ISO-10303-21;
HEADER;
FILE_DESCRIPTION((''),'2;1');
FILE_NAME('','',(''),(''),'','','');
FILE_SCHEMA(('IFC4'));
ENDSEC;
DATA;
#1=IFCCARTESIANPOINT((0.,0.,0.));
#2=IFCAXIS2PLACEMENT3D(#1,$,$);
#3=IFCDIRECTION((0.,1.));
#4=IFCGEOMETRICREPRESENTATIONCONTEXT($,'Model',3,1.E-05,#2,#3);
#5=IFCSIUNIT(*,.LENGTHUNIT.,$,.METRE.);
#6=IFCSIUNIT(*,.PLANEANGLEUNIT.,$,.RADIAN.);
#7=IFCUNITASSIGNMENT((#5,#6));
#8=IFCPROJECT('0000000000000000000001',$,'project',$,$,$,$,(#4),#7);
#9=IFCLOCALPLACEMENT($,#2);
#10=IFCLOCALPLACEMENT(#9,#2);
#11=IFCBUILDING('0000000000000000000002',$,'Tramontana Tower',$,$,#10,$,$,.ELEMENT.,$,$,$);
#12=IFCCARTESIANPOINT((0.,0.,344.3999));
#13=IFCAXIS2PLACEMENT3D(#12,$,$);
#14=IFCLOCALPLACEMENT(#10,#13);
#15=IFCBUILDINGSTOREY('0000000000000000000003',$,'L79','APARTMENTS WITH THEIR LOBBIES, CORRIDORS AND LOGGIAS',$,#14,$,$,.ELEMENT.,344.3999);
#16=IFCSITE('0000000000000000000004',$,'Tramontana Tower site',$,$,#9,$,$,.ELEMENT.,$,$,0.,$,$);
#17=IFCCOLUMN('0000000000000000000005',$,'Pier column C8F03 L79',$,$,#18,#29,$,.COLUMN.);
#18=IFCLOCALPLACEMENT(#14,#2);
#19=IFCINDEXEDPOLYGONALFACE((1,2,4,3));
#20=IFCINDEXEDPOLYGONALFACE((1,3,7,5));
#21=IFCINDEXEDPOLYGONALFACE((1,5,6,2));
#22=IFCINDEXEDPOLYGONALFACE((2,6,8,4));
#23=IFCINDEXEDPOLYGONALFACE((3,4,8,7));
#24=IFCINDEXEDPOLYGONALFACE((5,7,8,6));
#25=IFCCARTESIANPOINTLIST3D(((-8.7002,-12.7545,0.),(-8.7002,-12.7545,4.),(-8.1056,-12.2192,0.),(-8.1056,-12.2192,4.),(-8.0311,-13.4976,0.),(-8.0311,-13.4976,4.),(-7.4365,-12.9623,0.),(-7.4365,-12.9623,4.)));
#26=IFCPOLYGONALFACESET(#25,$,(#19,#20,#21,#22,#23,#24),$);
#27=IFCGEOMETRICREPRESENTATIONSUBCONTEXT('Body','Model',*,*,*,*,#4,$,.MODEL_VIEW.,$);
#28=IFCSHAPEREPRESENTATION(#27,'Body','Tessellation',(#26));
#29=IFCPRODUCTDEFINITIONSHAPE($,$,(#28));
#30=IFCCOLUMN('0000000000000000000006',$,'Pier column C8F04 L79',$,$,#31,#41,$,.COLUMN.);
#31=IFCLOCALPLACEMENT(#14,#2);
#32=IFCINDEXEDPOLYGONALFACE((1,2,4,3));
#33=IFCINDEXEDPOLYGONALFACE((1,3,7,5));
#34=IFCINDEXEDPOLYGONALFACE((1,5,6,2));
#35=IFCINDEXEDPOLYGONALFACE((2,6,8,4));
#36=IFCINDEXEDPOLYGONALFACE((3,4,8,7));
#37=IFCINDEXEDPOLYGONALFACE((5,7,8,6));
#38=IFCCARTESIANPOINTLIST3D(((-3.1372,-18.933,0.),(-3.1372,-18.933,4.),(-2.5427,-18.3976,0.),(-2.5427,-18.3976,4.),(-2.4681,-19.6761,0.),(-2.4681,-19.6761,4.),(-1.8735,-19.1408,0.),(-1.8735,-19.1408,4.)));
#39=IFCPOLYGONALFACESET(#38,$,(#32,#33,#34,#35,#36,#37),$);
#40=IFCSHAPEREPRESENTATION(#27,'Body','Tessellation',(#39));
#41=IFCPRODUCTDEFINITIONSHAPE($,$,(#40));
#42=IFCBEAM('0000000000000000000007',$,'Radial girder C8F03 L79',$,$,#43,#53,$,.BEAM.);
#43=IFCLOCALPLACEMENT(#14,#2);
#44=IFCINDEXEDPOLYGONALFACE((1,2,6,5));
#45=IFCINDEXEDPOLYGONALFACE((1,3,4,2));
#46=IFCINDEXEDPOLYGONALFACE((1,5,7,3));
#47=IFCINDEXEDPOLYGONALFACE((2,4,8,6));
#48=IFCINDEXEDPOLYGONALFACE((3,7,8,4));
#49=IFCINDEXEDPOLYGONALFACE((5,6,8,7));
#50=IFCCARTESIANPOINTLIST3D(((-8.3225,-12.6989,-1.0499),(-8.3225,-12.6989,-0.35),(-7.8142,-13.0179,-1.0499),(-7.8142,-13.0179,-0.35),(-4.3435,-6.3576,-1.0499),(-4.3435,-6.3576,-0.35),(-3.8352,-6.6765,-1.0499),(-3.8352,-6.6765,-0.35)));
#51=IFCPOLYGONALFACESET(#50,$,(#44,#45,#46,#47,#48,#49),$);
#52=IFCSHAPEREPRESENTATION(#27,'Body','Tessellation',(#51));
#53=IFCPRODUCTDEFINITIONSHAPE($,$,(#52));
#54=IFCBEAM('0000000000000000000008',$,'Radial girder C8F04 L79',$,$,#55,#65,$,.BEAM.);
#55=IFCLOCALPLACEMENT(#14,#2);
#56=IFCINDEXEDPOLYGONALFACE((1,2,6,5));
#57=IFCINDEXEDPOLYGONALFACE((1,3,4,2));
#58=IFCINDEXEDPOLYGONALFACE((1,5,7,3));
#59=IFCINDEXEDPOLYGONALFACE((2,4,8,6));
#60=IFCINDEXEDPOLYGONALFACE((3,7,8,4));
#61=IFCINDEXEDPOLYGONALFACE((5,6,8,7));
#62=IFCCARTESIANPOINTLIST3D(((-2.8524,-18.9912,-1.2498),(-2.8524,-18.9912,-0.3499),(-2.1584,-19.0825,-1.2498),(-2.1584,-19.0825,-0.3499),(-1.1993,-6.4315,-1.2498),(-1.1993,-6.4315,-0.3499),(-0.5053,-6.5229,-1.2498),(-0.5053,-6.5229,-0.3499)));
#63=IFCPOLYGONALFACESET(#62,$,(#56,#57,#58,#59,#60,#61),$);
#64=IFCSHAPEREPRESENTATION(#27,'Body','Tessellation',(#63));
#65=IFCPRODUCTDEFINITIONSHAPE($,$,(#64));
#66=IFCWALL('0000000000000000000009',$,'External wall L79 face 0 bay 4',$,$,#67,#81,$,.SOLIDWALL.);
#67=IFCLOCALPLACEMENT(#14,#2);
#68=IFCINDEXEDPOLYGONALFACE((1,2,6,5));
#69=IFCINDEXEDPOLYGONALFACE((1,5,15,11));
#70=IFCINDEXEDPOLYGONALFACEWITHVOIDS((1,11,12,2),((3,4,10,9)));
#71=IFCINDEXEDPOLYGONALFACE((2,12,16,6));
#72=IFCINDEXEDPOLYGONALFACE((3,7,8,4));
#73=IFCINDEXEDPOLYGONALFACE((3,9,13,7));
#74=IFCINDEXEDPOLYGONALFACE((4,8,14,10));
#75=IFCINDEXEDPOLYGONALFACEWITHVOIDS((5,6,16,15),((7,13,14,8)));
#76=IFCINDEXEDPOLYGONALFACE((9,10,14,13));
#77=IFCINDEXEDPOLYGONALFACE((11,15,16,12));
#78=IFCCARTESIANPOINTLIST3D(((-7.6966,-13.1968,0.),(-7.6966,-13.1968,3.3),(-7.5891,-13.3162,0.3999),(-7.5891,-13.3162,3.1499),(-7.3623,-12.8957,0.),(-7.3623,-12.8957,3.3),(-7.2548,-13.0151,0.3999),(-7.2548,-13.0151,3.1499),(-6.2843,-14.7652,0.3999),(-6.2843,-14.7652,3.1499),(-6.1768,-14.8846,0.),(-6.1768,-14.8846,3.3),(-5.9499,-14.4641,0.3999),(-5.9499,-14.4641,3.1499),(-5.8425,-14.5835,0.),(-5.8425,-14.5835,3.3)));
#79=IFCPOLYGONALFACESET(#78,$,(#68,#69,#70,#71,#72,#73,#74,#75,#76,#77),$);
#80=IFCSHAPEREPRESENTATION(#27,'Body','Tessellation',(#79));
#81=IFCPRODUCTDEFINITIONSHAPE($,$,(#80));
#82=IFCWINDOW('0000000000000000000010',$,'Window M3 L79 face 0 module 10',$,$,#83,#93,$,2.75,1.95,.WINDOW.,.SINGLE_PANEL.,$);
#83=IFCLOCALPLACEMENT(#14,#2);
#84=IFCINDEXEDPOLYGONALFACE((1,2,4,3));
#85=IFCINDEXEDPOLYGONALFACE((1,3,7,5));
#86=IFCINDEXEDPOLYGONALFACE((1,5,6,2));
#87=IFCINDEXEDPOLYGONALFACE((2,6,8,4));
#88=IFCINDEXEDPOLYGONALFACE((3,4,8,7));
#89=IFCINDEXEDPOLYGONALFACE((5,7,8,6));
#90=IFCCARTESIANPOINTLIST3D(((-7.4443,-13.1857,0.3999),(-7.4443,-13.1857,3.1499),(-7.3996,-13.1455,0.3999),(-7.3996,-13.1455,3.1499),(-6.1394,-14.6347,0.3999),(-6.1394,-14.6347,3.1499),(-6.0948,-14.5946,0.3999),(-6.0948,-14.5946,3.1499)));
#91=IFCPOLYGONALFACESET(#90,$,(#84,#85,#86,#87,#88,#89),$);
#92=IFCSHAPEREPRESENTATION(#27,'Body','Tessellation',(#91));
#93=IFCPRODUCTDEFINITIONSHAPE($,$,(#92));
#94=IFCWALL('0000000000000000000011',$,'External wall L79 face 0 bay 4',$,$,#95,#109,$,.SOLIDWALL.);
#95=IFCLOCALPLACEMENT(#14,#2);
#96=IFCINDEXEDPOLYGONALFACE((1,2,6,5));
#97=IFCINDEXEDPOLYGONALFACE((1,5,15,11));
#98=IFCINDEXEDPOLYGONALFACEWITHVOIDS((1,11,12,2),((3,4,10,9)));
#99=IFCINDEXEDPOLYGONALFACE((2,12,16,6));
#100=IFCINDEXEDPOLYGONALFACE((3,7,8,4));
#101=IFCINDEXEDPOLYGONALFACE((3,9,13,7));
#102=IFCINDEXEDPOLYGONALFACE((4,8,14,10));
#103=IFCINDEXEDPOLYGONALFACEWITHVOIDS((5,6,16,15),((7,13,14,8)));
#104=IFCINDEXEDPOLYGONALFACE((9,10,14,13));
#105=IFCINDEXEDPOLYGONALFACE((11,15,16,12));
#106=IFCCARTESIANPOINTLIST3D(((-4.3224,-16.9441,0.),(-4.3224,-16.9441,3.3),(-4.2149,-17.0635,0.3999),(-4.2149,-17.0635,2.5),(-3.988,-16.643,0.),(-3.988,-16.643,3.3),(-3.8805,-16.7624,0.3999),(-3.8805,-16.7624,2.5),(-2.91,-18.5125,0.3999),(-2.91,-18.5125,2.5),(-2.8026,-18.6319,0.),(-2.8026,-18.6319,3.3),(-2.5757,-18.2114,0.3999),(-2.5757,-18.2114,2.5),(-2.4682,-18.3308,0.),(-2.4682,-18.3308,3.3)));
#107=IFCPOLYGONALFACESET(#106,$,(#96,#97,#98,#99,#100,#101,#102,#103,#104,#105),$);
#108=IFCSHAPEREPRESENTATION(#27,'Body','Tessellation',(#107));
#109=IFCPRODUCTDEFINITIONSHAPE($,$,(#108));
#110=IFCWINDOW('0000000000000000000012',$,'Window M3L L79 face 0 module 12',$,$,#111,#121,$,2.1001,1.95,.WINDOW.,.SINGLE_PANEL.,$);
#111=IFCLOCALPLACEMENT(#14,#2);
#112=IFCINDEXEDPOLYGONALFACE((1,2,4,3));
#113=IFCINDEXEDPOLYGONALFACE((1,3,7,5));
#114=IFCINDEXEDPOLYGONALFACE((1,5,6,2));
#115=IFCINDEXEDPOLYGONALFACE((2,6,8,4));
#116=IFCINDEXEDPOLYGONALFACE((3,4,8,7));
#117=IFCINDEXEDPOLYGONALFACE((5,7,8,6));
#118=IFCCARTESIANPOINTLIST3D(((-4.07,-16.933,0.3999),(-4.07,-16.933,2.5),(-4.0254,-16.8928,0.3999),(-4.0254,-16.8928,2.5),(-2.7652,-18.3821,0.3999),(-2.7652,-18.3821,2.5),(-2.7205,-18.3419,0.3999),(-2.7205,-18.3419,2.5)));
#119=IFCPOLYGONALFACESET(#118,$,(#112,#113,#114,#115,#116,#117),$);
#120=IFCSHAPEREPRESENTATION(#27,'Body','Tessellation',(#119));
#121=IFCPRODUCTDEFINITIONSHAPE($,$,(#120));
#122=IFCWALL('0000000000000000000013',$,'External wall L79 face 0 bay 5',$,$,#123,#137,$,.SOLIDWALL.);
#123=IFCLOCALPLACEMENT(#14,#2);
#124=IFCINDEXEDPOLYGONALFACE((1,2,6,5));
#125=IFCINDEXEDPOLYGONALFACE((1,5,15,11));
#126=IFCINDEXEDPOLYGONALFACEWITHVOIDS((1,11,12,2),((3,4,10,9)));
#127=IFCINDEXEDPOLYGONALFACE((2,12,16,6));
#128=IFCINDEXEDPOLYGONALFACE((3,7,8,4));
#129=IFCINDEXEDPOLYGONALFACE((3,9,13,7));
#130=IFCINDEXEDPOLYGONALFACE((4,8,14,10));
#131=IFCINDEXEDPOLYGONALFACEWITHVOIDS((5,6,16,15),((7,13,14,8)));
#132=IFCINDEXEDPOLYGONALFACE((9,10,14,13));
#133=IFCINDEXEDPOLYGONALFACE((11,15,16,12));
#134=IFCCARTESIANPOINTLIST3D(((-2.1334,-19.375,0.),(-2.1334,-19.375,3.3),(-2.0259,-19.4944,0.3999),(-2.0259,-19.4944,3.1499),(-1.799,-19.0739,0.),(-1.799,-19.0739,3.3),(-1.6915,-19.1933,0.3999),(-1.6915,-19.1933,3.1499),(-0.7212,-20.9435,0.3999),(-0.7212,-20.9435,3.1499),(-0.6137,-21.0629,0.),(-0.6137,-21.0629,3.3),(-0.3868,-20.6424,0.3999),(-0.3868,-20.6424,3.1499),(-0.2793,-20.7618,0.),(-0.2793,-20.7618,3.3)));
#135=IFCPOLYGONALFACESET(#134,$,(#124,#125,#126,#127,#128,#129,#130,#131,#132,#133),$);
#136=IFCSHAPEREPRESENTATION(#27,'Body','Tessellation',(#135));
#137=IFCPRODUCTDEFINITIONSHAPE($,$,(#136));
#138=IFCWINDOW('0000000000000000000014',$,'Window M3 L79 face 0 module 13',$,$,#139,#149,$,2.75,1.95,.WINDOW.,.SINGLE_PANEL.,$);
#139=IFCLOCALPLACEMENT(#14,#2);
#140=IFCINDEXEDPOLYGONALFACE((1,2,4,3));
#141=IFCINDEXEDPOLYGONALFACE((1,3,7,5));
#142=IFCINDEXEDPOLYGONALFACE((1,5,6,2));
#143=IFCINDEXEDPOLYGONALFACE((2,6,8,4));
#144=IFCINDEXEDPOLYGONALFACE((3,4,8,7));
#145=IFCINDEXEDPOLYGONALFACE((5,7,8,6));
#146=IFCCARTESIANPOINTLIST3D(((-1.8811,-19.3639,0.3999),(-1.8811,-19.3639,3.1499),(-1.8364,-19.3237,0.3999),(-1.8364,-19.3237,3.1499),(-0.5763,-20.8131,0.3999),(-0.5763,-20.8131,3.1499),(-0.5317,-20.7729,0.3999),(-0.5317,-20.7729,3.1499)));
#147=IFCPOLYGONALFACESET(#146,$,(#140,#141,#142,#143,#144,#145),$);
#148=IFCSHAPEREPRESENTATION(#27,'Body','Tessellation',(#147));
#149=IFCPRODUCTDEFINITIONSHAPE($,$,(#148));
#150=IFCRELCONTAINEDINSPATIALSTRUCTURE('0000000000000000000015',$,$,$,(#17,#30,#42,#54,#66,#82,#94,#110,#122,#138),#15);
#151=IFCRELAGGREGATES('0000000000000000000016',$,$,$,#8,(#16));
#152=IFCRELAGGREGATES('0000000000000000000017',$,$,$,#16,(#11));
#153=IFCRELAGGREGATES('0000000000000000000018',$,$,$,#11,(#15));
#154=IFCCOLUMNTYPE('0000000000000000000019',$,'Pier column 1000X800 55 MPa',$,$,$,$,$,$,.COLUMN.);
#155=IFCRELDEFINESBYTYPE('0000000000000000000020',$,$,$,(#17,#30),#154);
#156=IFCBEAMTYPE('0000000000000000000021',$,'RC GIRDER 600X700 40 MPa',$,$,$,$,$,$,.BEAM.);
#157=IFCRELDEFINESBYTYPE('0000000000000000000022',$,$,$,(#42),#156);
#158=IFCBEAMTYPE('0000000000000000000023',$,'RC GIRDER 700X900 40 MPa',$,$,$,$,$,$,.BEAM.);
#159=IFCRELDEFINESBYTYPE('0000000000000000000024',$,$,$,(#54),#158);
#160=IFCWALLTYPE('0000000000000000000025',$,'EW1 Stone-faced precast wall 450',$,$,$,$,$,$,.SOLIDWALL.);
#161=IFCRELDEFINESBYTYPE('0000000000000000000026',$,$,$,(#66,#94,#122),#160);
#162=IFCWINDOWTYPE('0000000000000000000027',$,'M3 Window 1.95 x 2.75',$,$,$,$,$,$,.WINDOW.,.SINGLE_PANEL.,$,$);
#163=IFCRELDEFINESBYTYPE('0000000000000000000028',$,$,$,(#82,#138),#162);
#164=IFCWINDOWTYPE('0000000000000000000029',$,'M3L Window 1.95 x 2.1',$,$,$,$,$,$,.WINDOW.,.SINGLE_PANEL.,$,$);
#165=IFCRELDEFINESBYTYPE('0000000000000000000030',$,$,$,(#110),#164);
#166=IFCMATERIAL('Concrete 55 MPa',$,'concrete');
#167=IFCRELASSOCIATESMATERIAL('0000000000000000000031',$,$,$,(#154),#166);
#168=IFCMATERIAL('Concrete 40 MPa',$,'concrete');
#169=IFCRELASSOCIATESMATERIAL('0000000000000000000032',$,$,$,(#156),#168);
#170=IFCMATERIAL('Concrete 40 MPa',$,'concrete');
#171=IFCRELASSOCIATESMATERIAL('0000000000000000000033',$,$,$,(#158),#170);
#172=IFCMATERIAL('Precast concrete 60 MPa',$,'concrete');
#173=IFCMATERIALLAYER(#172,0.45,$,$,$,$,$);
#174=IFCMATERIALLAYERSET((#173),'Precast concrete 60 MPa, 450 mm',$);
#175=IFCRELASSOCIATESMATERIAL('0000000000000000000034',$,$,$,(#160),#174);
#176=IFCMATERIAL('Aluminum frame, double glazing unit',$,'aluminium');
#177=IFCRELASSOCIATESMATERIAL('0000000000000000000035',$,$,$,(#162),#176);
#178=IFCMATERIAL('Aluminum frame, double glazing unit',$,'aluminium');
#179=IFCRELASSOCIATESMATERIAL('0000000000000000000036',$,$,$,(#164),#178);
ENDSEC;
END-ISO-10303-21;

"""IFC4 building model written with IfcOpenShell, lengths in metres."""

from ifc_helpers import new_model, si_unit, direction, frame, frame_2d, origin, origin_2d, place, context, subcontext, project, spatial, rectangle, extrude, material, layer, layer_set, material_profile, profile_set, type_object, element, fill, save


model = new_model("IFC4")

# Units and contexts
model_context = context("Model", 3, precision=1e-05, world=origin(), true_north=direction((0.0, 1.0)))
body_context = subcontext(model_context, "Body", "Model", "MODEL_VIEW")
ifc_project = project(units=[si_unit("LENGTHUNIT", "METRE"), si_unit("PLANEANGLEUNIT", "RADIAN")], contexts=[model_context])

# Site, building, storey
site_placement = place(None, origin())
site = spatial("IfcSite", under=ifc_project, at=site_placement, Name="Tramontana Tower site", CompositionType="ELEMENT", RefElevation=0.0)
building_placement = place(site_placement, origin())
building = spatial("IfcBuilding", under=site, at=building_placement, Name="Tramontana Tower", CompositionType="ELEMENT")
storey_placement = place(building_placement, frame((0.0, 0.0, 344.3999)))
storey = spatial("IfcBuildingStorey", under=building, at=storey_placement, Name="L79", Description="APARTMENTS WITH THEIR LOBBIES, CORRIDORS AND LOGGIAS", CompositionType="ELEMENT", Elevation=344.3999)

# Columns
ifc_material_1 = material(Name="Concrete 55 MPa", Category="concrete")
ifc_material_profile_1 = material_profile(ifc_material_1, rectangle(XDim=1.0, YDim=0.8, at=origin_2d()), Name="Pier column 1000X800 55 MPa")
ifc_profile_set_1 = profile_set([ifc_material_profile_1], Name="Concrete 55 MPa")
column_type = type_object("IfcColumnType", Name="Pier column 1000X800 55 MPa", PredefinedType="COLUMN", material=ifc_profile_set_1)
for number, where, z_axis, x_axis, name in (
    (1, (-8.0684, -12.8584, 0.0), (0.0, 0.0, 1.0), (0.669131, -0.743145, 0.0), "Pier column C8F03 L79"),
    (2, (-2.5054, -19.0369, 0.0), (0.0, 0.0, 1.0), (0.669131, -0.743145, 0.0), "Pier column C8F04 L79"),
):
    element("IfcColumn", number, at=place(storey_placement, frame(where, z_axis=z_axis, x_axis=x_axis)), inside=storey, type_object=column_type, Name=name, PredefinedType="COLUMN", context=body_context, shape_type="SweptSolid", body=[
        extrude(rectangle(XDim=1.0, YDim=0.8, at=origin_2d()), origin(), (0.0, 0.0, 1.0), 4.0),
    ])

# Beams
ifc_material_2 = material(Name="Concrete 40 MPa", Category="concrete")
ifc_material_profile_2 = material_profile(ifc_material_2, rectangle(XDim=0.6001, YDim=0.7, at=origin_2d()), Name="RC GIRDER 600X700 40 MPa")
ifc_profile_set_2 = profile_set([ifc_material_profile_2], Name="Concrete 40 MPa")
beam_type_1 = type_object("IfcBeamType", Name="RC GIRDER 600X700 40 MPa", PredefinedType="BEAM", material=ifc_profile_set_2)
beam_1_placement = place(storey_placement, frame((-8.0684, -12.8584, -0.7), z_axis=(0.531505, 0.847055, 0.0), x_axis=(-0.847055, 0.531505, 0.0)))
element("IfcBeam", 3, at=beam_1_placement, inside=storey, type_object=beam_type_1, Name="Radial girder C8F03 L79", PredefinedType="BEAM", context=body_context, shape_type="SweptSolid", body=[
    extrude(rectangle(XDim=0.6001, YDim=0.7, at=origin_2d()), origin(), (0.0, 0.0, 1.0), 7.4863),
])
ifc_material_3 = material(Name="Concrete 40 MPa", Category="concrete")
ifc_material_profile_3 = material_profile(ifc_material_3, rectangle(XDim=0.7, YDim=0.8999, at=origin_2d()), Name="RC GIRDER 700X900 40 MPa")
ifc_profile_set_3 = profile_set([ifc_material_profile_3], Name="Concrete 40 MPa")
beam_type_2 = type_object("IfcBeamType", Name="RC GIRDER 700X900 40 MPa", PredefinedType="BEAM", material=ifc_profile_set_3)
beam_2_placement = place(storey_placement, frame((-2.5054, -19.0369, -0.7998), z_axis=(0.130493, 0.991449, 0.0), x_axis=(-0.991449, 0.130493, 0.0)))
element("IfcBeam", 4, at=beam_2_placement, inside=storey, type_object=beam_type_2, Name="Radial girder C8F04 L79", PredefinedType="BEAM", context=body_context, shape_type="SweptSolid", body=[
    extrude(rectangle(XDim=0.7, YDim=0.8999, at=origin_2d()), origin(), (0.0, 0.0, 1.0), 12.668),
])

# Walls, openings, windows
ifc_material_4 = material(Name="Precast concrete 60 MPa", Category="concrete")
ifc_layer_1 = layer(ifc_material_4, 0.45)
ifc_layer_set_1 = layer_set([ifc_layer_1], Name="Precast concrete 60 MPa, 450 mm")
wall_type_1 = type_object("IfcWallType", Name="EW1 Stone-faced precast wall 450", PredefinedType="SOLIDWALL", material=ifc_layer_set_1)
wall_1_placement = place(storey_placement, frame((-7.5295, -13.0461, 0.0), z_axis=(0.0, 0.0, 1.0), x_axis=(0.669161, -0.743118, 0.0)))
wall_1 = element("IfcWall", 5, at=wall_1_placement, inside=storey, type_object=wall_type_1, Name="External wall L79 face 0 bay 4", PredefinedType="SOLIDWALL", context=body_context, shape_type="SweptSolid", body=[
    extrude(rectangle(XDim=2.2712, YDim=0.45, at=frame_2d((1.1357, 0.0))), origin(), (0.0, 0.0, 1.0), 3.3),
])
opening_1_placement = place(wall_1_placement, frame((0.1606, 0.0, 0.3999)))
opening_1 = element("IfcOpeningElement", 6, at=opening_1_placement, cuts=wall_1, PredefinedType="OPENING", context=body_context, shape_type="SweptSolid", body=[
    extrude(rectangle(XDim=1.95, YDim=2.75, at=frame_2d((0.9751, 1.375))), frame((0.0, 0.2349, 0.0), z_axis=(0.0, -1.0, 0.0), x_axis=(1.0, 0.0, 0.0)), (0.0, 0.0, 1.0), 0.47),
])
ifc_material_5 = material(Name="Aluminum frame, double glazing unit", Category="aluminium")
window_type_1 = type_object("IfcWindowType", Name="M3 Window 1.95 x 2.75", PartitioningType="SINGLE_PANEL", PredefinedType="WINDOW", material=ifc_material_5)
window_1_placement = place(opening_1_placement, origin())
window_1 = element("IfcWindow", 7, at=window_1_placement, inside=storey, type_object=window_type_1, Name="Window M3 L79 face 0 module 10", OverallHeight=2.75, OverallWidth=1.95, PartitioningType="SINGLE_PANEL", PredefinedType="WINDOW", context=body_context, shape_type="SweptSolid", body=[
    extrude(rectangle(XDim=1.95, YDim=2.75, at=frame_2d((0.9751, 1.375))), frame((0.0, 0.03, 0.0), z_axis=(0.0, -1.0, 0.0), x_axis=(1.0, 0.0, 0.0)), (0.0, 0.0, 1.0), 0.0601),
])
fill(opening_1, window_1)
wall_2_placement = place(storey_placement, frame((-4.1553, -16.7935, 0.0), z_axis=(0.0, 0.0, 1.0), x_axis=(0.669161, -0.743118, 0.0)))
wall_2 = element("IfcWall", 8, at=wall_2_placement, inside=storey, type_object=wall_type_1, Name="External wall L79 face 0 bay 4", PredefinedType="SOLIDWALL", context=body_context, shape_type="SweptSolid", body=[
    extrude(rectangle(XDim=2.2712, YDim=0.45, at=frame_2d((1.1357, 0.0))), origin(), (0.0, 0.0, 1.0), 3.3),
])
opening_2_placement = place(wall_2_placement, frame((0.1606, 0.0, 0.3999)))
opening_2 = element("IfcOpeningElement", 9, at=opening_2_placement, cuts=wall_2, PredefinedType="OPENING", context=body_context, shape_type="SweptSolid", body=[
    extrude(rectangle(XDim=1.95, YDim=2.1001, at=frame_2d((0.9751, 1.05))), frame((0.0, 0.2349, 0.0), z_axis=(0.0, -1.0, 0.0), x_axis=(1.0, 0.0, 0.0)), (0.0, 0.0, 1.0), 0.47),
])
ifc_material_6 = material(Name="Aluminum frame, double glazing unit", Category="aluminium")
window_type_2 = type_object("IfcWindowType", Name="M3L Window 1.95 x 2.1", PartitioningType="SINGLE_PANEL", PredefinedType="WINDOW", material=ifc_material_6)
window_2_placement = place(opening_2_placement, origin())
window_2 = element("IfcWindow", 10, at=window_2_placement, inside=storey, type_object=window_type_2, Name="Window M3L L79 face 0 module 12", OverallHeight=2.1001, OverallWidth=1.95, PartitioningType="SINGLE_PANEL", PredefinedType="WINDOW", context=body_context, shape_type="SweptSolid", body=[
    extrude(rectangle(XDim=1.95, YDim=2.1001, at=frame_2d((0.9751, 1.05))), frame((0.0, 0.03, 0.0), z_axis=(0.0, -1.0, 0.0), x_axis=(1.0, 0.0, 0.0)), (0.0, 0.0, 1.0), 0.0601),
])
fill(opening_2, window_2)
wall_3_placement = place(storey_placement, frame((-1.9663, -19.2244, 0.0), z_axis=(0.0, 0.0, 1.0), x_axis=(0.669107, -0.743166, 0.0)))
wall_3 = element("IfcWall", 11, at=wall_3_placement, inside=storey, type_object=wall_type_1, Name="External wall L79 face 0 bay 5", PredefinedType="SOLIDWALL", context=body_context, shape_type="SweptSolid", body=[
    extrude(rectangle(XDim=2.2712, YDim=0.45, at=frame_2d((1.1357, 0.0))), origin(), (0.0, 0.0, 1.0), 3.3),
])
opening_3_placement = place(wall_3_placement, frame((0.1606, 0.0, 0.3999)))
opening_3 = element("IfcOpeningElement", 12, at=opening_3_placement, cuts=wall_3, PredefinedType="OPENING", context=body_context, shape_type="SweptSolid", body=[
    extrude(rectangle(XDim=1.95, YDim=2.75, at=frame_2d((0.9751, 1.375))), frame((0.0, 0.2349, 0.0), z_axis=(0.0, -1.0, 0.0), x_axis=(1.0, 0.0, 0.0)), (0.0, 0.0, 1.0), 0.47),
])
window_3_placement = place(opening_3_placement, origin())
window_3 = element("IfcWindow", 13, at=window_3_placement, inside=storey, type_object=window_type_1, Name="Window M3 L79 face 0 module 13", OverallHeight=2.75, OverallWidth=1.95, PartitioningType="SINGLE_PANEL", PredefinedType="WINDOW", context=body_context, shape_type="SweptSolid", body=[
    extrude(rectangle(XDim=1.95, YDim=2.75, at=frame_2d((0.9751, 1.375))), frame((0.0, 0.03, 0.0), z_axis=(0.0, -1.0, 0.0), x_axis=(1.0, 0.0, 0.0)), (0.0, 0.0, 1.0), 0.0601),
])
fill(opening_3, window_3)

save(model, "model.ifc")
